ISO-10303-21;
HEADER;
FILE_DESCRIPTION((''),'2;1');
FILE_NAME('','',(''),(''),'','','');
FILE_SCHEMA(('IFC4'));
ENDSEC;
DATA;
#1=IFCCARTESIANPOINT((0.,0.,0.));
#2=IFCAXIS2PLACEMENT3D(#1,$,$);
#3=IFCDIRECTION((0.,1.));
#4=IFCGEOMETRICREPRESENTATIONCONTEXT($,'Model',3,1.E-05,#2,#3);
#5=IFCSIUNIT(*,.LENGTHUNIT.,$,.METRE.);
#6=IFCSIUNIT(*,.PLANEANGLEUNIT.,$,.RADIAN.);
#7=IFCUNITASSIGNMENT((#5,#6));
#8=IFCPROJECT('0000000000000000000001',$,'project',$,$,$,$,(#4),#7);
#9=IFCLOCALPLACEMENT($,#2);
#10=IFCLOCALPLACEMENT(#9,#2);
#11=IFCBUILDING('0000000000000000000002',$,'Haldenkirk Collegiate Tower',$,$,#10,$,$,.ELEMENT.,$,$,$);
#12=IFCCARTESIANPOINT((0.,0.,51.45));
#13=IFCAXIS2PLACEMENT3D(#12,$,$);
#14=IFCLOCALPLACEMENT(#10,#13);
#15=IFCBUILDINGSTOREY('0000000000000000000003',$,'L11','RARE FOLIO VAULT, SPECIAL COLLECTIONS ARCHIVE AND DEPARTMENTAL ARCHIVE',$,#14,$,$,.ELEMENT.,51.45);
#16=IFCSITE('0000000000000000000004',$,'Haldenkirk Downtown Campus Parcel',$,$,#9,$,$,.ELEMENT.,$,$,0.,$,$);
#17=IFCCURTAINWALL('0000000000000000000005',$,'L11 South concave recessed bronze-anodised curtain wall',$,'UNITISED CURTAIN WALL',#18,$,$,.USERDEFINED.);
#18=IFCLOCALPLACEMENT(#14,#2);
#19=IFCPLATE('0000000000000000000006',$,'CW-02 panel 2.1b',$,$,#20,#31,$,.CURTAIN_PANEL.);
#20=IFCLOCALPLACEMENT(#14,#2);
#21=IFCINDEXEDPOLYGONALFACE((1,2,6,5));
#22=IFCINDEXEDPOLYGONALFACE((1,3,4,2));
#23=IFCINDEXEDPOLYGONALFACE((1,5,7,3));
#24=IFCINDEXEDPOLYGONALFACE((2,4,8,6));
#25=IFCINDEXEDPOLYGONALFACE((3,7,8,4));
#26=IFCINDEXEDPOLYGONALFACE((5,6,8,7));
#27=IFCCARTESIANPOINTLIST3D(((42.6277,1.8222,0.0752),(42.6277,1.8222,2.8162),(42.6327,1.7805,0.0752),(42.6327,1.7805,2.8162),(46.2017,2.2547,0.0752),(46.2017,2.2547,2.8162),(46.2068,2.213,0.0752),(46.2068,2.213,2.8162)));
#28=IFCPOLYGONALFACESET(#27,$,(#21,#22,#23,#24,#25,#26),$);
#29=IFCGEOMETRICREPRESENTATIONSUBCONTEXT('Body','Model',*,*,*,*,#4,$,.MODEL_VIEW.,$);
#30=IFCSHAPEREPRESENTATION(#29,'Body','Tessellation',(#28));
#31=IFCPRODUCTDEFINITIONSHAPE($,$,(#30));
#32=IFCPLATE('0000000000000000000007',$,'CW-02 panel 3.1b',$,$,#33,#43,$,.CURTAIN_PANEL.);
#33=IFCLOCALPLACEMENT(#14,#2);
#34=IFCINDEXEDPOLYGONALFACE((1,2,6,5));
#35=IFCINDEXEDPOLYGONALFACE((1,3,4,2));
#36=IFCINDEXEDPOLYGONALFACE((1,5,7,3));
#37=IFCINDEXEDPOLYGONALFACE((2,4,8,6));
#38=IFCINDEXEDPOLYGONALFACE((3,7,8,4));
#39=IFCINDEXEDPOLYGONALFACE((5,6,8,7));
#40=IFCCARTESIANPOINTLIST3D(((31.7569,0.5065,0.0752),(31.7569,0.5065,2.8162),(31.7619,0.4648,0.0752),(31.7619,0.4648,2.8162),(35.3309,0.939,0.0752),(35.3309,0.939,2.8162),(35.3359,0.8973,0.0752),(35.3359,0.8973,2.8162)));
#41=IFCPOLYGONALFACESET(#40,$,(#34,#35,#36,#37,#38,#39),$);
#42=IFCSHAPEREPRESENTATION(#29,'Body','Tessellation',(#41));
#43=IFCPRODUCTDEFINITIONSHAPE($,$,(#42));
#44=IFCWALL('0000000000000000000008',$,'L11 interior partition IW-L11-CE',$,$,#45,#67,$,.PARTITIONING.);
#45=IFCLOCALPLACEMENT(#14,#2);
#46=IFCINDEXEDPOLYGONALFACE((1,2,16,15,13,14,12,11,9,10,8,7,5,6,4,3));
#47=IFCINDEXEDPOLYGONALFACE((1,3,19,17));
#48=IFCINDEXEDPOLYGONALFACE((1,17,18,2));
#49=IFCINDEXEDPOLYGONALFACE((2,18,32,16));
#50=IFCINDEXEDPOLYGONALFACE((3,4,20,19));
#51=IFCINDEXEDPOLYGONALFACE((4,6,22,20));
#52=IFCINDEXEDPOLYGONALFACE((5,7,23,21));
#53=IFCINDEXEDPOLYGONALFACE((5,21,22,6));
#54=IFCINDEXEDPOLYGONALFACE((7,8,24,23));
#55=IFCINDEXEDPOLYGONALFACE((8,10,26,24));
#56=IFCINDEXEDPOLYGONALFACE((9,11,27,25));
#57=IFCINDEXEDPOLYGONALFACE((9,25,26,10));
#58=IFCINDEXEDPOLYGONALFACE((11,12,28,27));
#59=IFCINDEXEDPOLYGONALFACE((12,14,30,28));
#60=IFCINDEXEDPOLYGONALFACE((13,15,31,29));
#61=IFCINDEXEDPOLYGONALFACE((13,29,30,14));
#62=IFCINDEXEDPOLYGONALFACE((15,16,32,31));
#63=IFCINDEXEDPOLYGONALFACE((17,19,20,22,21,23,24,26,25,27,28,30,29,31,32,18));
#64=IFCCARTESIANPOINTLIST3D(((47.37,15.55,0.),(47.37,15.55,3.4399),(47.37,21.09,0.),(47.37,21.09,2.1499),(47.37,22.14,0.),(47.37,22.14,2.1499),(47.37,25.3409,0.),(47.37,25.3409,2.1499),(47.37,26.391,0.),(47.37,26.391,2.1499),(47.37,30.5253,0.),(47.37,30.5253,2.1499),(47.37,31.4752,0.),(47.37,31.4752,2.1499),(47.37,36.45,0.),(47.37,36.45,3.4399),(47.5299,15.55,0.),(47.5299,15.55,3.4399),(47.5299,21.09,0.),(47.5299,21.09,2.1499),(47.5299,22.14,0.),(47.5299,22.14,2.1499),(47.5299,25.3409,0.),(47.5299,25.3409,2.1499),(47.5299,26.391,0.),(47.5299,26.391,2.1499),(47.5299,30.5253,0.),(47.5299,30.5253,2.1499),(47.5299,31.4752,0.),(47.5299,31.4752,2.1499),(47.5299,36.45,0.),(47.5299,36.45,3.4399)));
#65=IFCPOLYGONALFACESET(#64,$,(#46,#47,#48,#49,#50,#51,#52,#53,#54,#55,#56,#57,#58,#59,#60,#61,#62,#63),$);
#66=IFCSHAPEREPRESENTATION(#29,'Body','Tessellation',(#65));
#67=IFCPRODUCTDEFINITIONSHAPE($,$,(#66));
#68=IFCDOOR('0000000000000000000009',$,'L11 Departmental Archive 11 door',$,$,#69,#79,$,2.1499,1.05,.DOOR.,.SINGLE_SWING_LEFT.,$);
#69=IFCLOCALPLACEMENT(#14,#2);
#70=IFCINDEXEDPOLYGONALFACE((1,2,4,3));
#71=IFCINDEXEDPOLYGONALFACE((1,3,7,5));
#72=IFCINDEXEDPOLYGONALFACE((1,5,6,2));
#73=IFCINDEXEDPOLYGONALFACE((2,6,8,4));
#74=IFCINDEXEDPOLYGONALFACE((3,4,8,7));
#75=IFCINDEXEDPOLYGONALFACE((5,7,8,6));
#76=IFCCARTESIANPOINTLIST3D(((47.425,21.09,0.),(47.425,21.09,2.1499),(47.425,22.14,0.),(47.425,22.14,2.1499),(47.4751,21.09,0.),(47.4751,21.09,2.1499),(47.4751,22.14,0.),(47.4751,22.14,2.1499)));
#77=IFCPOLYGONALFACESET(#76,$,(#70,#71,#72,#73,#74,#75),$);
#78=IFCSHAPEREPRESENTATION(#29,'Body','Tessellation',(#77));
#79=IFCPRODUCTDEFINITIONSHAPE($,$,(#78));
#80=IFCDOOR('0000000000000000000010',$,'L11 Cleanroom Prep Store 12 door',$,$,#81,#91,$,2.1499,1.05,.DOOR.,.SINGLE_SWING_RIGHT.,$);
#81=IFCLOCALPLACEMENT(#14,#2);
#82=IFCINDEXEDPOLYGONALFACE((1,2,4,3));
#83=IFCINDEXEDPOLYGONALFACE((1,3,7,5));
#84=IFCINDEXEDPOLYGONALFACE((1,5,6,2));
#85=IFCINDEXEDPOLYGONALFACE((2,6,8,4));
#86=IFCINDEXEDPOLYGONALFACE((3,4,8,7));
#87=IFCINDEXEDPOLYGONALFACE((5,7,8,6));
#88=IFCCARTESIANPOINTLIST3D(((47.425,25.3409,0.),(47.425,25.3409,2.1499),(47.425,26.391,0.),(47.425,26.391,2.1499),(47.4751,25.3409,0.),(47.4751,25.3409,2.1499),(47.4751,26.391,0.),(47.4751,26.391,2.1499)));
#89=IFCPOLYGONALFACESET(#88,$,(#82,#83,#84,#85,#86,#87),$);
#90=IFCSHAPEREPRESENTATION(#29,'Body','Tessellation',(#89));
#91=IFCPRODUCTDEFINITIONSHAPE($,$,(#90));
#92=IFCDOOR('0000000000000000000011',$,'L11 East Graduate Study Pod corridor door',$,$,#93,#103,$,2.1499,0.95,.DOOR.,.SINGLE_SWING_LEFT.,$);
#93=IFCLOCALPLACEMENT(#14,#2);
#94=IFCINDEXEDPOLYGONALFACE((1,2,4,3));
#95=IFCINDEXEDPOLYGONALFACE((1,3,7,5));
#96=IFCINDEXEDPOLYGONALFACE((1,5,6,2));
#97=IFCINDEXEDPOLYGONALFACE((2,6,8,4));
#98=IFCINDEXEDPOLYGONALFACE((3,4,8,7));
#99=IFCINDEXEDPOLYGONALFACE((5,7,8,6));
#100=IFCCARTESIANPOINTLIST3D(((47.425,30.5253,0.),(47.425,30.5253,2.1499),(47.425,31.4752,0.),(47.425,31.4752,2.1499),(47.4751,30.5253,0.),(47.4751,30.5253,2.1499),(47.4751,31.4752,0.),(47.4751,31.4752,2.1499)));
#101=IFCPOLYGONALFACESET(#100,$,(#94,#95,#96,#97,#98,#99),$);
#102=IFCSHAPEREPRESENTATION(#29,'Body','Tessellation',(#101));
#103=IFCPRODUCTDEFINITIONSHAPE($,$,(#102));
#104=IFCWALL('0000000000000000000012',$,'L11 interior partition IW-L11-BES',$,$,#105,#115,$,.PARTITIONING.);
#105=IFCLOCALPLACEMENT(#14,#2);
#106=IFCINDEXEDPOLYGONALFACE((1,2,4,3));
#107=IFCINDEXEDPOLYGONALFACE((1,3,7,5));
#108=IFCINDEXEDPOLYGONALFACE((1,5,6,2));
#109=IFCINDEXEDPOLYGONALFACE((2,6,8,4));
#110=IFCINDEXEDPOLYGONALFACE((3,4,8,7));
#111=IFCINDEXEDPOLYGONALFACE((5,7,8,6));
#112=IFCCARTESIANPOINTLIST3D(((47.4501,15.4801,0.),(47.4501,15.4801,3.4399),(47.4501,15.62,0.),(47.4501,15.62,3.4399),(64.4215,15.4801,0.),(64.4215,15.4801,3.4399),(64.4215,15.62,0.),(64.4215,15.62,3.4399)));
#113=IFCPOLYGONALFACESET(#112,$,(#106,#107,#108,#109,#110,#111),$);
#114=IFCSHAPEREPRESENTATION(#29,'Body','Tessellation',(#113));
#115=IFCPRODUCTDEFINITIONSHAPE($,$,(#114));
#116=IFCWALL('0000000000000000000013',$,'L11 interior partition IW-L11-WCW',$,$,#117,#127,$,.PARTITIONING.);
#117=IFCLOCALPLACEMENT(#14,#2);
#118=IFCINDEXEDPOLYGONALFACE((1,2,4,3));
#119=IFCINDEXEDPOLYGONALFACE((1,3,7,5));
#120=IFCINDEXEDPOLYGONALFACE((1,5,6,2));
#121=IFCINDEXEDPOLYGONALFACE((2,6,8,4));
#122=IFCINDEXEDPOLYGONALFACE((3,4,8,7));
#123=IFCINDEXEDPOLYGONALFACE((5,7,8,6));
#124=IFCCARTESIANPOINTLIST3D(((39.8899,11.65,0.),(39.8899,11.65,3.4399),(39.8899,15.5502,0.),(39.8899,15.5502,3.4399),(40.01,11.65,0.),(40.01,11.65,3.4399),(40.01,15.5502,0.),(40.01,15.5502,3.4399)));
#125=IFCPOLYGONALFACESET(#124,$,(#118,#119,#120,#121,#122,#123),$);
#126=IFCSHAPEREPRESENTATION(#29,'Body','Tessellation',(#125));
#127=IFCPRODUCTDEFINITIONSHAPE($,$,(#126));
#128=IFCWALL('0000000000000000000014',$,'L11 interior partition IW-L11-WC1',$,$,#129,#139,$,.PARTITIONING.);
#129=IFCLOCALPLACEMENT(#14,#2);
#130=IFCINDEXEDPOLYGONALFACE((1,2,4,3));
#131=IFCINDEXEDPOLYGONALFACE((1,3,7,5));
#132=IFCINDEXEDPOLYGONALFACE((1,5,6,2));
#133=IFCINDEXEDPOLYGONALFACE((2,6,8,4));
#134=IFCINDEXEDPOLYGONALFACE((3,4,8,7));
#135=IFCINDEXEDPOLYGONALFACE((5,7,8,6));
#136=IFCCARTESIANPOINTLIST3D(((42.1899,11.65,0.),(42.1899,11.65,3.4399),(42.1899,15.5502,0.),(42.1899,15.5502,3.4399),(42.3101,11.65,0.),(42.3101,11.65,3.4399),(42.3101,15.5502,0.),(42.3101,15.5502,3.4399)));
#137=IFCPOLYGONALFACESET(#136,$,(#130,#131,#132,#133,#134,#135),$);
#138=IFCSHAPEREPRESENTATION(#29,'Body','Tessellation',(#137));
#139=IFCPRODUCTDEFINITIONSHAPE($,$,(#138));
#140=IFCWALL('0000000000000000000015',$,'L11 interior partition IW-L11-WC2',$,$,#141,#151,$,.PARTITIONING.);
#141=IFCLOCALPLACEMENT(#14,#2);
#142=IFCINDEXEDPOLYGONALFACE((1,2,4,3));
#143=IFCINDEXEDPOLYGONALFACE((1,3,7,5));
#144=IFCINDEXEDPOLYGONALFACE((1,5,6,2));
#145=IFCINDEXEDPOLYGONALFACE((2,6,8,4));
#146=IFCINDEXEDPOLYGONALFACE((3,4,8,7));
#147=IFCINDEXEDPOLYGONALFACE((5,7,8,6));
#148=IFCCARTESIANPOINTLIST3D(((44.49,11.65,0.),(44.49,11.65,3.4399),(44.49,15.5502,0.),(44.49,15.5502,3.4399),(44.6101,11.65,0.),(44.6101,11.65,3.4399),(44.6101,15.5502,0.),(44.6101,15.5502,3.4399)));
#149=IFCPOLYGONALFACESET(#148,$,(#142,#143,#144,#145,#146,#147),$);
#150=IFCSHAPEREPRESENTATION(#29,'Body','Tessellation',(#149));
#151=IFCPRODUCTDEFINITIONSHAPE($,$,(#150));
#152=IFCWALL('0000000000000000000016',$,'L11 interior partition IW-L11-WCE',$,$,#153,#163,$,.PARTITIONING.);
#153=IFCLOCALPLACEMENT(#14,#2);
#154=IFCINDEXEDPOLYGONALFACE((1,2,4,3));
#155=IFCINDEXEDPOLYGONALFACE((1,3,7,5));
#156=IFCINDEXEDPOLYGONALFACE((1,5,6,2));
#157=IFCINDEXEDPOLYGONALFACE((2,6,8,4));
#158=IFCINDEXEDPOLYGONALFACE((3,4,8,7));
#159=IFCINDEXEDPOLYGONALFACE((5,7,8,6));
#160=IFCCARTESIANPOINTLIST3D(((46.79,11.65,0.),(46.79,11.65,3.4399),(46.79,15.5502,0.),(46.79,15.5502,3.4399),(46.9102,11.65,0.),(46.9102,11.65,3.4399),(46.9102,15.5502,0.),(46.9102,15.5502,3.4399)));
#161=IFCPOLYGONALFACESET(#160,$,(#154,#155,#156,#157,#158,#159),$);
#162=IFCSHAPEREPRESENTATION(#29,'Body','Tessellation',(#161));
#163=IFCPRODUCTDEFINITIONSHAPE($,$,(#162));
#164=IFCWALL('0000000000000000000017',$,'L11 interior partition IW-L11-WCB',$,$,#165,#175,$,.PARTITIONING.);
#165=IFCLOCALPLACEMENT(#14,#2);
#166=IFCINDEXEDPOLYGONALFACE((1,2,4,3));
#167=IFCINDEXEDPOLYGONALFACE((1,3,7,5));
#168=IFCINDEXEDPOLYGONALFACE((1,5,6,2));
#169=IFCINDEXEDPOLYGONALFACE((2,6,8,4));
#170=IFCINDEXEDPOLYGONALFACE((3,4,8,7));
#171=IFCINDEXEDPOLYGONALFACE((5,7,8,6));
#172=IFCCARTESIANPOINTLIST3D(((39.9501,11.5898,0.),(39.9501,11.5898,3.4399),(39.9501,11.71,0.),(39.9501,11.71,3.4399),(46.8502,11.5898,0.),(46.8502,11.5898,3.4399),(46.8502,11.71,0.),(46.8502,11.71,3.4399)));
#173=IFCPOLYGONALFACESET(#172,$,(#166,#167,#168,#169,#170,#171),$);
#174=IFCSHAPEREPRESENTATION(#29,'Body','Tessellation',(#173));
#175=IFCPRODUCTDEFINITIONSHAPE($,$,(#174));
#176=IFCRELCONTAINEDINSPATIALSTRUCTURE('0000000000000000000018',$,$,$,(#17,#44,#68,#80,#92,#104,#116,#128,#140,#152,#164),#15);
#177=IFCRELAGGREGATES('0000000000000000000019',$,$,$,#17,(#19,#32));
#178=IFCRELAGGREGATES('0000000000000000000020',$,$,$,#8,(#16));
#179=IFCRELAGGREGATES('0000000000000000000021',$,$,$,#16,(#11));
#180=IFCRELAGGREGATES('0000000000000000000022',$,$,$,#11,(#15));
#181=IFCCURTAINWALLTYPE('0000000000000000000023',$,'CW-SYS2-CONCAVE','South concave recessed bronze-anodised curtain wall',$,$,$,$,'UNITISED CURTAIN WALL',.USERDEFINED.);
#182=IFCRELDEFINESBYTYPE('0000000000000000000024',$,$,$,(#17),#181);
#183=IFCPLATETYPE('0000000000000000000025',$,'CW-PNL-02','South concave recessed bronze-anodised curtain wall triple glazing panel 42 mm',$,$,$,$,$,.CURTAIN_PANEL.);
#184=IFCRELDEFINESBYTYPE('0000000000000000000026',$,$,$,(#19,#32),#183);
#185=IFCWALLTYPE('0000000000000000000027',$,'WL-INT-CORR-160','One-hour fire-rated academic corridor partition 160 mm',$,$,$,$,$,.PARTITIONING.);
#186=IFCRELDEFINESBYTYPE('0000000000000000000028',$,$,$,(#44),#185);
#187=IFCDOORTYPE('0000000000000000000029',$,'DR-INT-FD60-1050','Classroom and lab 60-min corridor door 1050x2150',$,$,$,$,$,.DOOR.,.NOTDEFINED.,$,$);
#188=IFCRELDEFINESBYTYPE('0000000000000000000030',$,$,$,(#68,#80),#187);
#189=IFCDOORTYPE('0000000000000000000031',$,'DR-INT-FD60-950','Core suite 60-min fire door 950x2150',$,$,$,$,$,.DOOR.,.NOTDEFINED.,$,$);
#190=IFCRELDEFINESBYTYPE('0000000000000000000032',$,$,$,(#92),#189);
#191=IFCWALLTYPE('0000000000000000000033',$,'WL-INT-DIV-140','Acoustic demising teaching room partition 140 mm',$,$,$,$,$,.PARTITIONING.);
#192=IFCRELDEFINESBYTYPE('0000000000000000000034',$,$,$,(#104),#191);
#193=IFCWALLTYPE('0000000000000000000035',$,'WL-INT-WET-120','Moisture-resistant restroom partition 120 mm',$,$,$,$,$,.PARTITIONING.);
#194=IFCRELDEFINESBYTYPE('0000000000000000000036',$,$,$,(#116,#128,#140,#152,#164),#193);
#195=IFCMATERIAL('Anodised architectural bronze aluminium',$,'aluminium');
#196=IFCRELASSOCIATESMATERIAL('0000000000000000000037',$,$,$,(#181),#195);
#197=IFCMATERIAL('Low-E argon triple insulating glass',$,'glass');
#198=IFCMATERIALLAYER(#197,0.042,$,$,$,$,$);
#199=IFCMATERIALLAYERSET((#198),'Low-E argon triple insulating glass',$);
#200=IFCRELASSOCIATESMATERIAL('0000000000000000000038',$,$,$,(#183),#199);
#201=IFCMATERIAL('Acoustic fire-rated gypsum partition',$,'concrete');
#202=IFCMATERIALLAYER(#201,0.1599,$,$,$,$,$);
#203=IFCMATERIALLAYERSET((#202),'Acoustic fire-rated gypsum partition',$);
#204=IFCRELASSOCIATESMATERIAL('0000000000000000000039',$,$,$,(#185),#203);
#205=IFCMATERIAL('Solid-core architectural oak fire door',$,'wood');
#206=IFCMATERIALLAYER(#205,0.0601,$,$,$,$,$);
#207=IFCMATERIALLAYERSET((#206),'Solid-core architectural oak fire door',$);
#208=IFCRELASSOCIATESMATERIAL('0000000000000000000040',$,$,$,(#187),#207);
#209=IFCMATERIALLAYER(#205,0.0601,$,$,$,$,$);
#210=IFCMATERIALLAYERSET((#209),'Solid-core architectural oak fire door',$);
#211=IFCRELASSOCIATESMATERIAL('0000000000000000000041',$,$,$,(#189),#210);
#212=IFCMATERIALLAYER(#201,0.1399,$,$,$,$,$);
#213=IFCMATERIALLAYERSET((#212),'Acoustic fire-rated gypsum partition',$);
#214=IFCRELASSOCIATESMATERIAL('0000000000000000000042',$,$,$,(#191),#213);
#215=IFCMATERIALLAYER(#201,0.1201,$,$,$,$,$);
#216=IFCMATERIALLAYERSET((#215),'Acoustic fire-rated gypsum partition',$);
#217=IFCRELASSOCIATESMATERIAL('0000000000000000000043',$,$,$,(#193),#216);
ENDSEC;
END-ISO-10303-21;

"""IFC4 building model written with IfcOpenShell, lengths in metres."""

from ifc_helpers import new_model, si_unit, direction, frame, frame_2d, origin, origin_2d, place, context, subcontext, project, spatial, rectangle, extrude, source, transform, mapped, material, layer, layer_set, type_object, element, fill, aggregate, save


model = new_model("IFC4")

# Units and contexts
model_context = context("Model", 3, precision=1e-05, world=origin(), true_north=direction((0.0, 1.0)))
body_context = subcontext(model_context, "Body", "Model", "MODEL_VIEW")
ifc_project = project(units=[si_unit("LENGTHUNIT", "METRE"), si_unit("PLANEANGLEUNIT", "RADIAN")], contexts=[model_context])

# Site, building, storey
site_placement = place(None, origin())
site = spatial("IfcSite", under=ifc_project, at=site_placement, Name="Haldenkirk Downtown Campus Parcel", CompositionType="ELEMENT", RefElevation=0.0)
building_placement = place(site_placement, origin())
building = spatial("IfcBuilding", under=site, at=building_placement, Name="Haldenkirk Collegiate Tower", CompositionType="ELEMENT")
storey_placement = place(building_placement, frame((0.0, 0.0, 51.45)))
storey = spatial("IfcBuildingStorey", under=building, at=storey_placement, Name="L11", Description="RARE FOLIO VAULT, SPECIAL COLLECTIONS ARCHIVE AND DEPARTMENTAL ARCHIVE", CompositionType="ELEMENT", Elevation=51.45)

# Curtain wall, plates
ifc_material_1 = material(Name="Anodised architectural bronze aluminium", Category="aluminium")
curtain_wall_type = type_object("IfcCurtainWallType", Name="CW-SYS2-CONCAVE", Description="South concave recessed bronze-anodised curtain wall", ElementType="UNITISED CURTAIN WALL", PredefinedType="USERDEFINED", material=ifc_material_1)
curtain_wall_placement = place(storey_placement, origin())
curtain_wall = element("IfcCurtainWall", 1, at=curtain_wall_placement, inside=storey, type_object=curtain_wall_type, Name="L11 South concave recessed bronze-anodised curtain wall", ObjectType="UNITISED CURTAIN WALL", PredefinedType="USERDEFINED")
ifc_material_2 = material(Name="Low-E argon triple insulating glass", Category="glass")
ifc_layer_1 = layer(ifc_material_2, 0.042)
ifc_layer_set_1 = layer_set([ifc_layer_1], Name="Low-E argon triple insulating glass")
plate_type = type_object("IfcPlateType", Name="CW-PNL-02", Description="South concave recessed bronze-anodised curtain wall triple glazing panel 42 mm", PredefinedType="CURTAIN_PANEL", material=ifc_layer_set_1)
shared_shape_1 = source(origin(), body_context, "Body", "SweptSolid", [
    extrude(rectangle(XDim=3.6001, YDim=0.042, at=origin_2d()), origin(), (0.0, 0.0, 1.0), 2.741),
])
plate_1_placement = place(storey_placement, frame((44.4172, 2.0176, 0.0752), z_axis=(0.0, 0.0, 1.0), x_axis=(-0.992757, -0.120139, 0.0)))
plate_1 = element("IfcPlate", 2, at=plate_1_placement, type_object=plate_type, Name="CW-02 panel 2.1b", PredefinedType="CURTAIN_PANEL", context=body_context, shape_type="MappedRepresentation", body=[
    mapped(shared_shape_1, transform((0.0, 0.0, 0.0), x_axis=(1.0, 0.0, 0.0), y_axis=(0.0, 1.0, 0.0), z_axis=(0.0, 0.0, 1.0), scale=1.0)),
])
plate_2_placement = place(storey_placement, frame((33.5464, 0.7019, 0.0752), z_axis=(0.0, 0.0, 1.0), x_axis=(-0.992757, -0.120139, 0.0)))
plate_2 = element("IfcPlate", 3, at=plate_2_placement, type_object=plate_type, Name="CW-02 panel 3.1b", PredefinedType="CURTAIN_PANEL", context=body_context, shape_type="MappedRepresentation", body=[
    mapped(shared_shape_1, transform((0.0, 0.0, 0.0), x_axis=(1.0, 0.0, 0.0), y_axis=(0.0, 1.0, 0.0), z_axis=(0.0, 0.0, 1.0), scale=1.0)),
])
aggregate(curtain_wall, [plate_1, plate_2])

# Wall, openings, doors
ifc_material_3 = material(Name="Acoustic fire-rated gypsum partition", Category="concrete")
ifc_layer_2 = layer(ifc_material_3, 0.1599)
ifc_layer_set_2 = layer_set([ifc_layer_2], Name="Acoustic fire-rated gypsum partition")
wall_type_1 = type_object("IfcWallType", Name="WL-INT-CORR-160", Description="One-hour fire-rated academic corridor partition 160 mm", PredefinedType="PARTITIONING", material=ifc_layer_set_2)
wall_1_placement = place(storey_placement, frame((47.45, 15.55, 0.0), z_axis=(0.0, 0.0, 1.0), x_axis=(0.0, 1.0, 0.0)))
wall_1 = element("IfcWall", 4, at=wall_1_placement, inside=storey, type_object=wall_type_1, Name="L11 interior partition IW-L11-CE", PredefinedType="PARTITIONING", context=body_context, shape_type="SweptSolid", body=[
    extrude(rectangle(XDim=20.8999, YDim=0.1599, at=frame_2d((10.45, 0.0))), origin(), (0.0, 0.0, 1.0), 3.4399),
])
opening_1_placement = place(wall_1_placement, frame((14.9751, 0.0, 0.0)))
opening_1 = element("IfcOpeningElement", 5, at=opening_1_placement, cuts=wall_1, PredefinedType="OPENING", context=body_context, shape_type="SweptSolid", body=[
    extrude(rectangle(XDim=0.95, YDim=2.1499, at=frame_2d((0.4751, 1.075))), frame((0.0, 0.0898, 0.0), z_axis=(0.0, -1.0, 0.0), x_axis=(1.0, 0.0, 0.0)), (0.0, 0.0, 1.0), 0.1799),
])
opening_2_placement = place(wall_1_placement, frame((5.54, 0.0, 0.0)))
opening_2 = element("IfcOpeningElement", 6, at=opening_2_placement, cuts=wall_1, PredefinedType="OPENING", context=body_context, shape_type="SweptSolid", body=[
    extrude(rectangle(XDim=1.05, YDim=2.1499, at=frame_2d((0.5249, 1.075))), frame((0.0, 0.0898, 0.0), z_axis=(0.0, -1.0, 0.0), x_axis=(1.0, 0.0, 0.0)), (0.0, 0.0, 1.0), 0.1799),
])
opening_3_placement = place(wall_1_placement, frame((9.791, 0.0, 0.0)))
opening_3 = element("IfcOpeningElement", 7, at=opening_3_placement, cuts=wall_1, PredefinedType="OPENING", context=body_context, shape_type="SweptSolid", body=[
    extrude(rectangle(XDim=1.05, YDim=2.1499, at=frame_2d((0.5249, 1.075))), frame((0.0, 0.0898, 0.0), z_axis=(0.0, -1.0, 0.0), x_axis=(1.0, 0.0, 0.0)), (0.0, 0.0, 1.0), 0.1799),
])
ifc_material_4 = material(Name="Solid-core architectural oak fire door", Category="wood")
ifc_layer_3 = layer(ifc_material_4, 0.0601)
ifc_layer_set_3 = layer_set([ifc_layer_3], Name="Solid-core architectural oak fire door")
door_type_1 = type_object("IfcDoorType", Name="DR-INT-FD60-1050", Description="Classroom and lab 60-min corridor door 1050x2150", OperationType="NOTDEFINED", PredefinedType="DOOR", material=ifc_layer_set_3)
door_1_placement = place(opening_2_placement, origin())
door_1 = element("IfcDoor", 8, at=door_1_placement, inside=storey, type_object=door_type_1, Name="L11 Departmental Archive 11 door", OperationType="SINGLE_SWING_LEFT", OverallHeight=2.1499, OverallWidth=1.05, PredefinedType="DOOR", context=body_context, shape_type="SweptSolid", body=[
    extrude(rectangle(XDim=1.05, YDim=2.1499, at=frame_2d((0.5249, 1.075))), frame((0.0, 0.0249, 0.0), z_axis=(0.0, -1.0, 0.0), x_axis=(1.0, 0.0, 0.0)), (0.0, 0.0, 1.0), 0.05),
])
fill(opening_2, door_1)
door_2_placement = place(opening_3_placement, origin())
door_2 = element("IfcDoor", 9, at=door_2_placement, inside=storey, type_object=door_type_1, Name="L11 Cleanroom Prep Store 12 door", OperationType="SINGLE_SWING_RIGHT", OverallHeight=2.1499, OverallWidth=1.05, PredefinedType="DOOR", context=body_context, shape_type="SweptSolid", body=[
    extrude(rectangle(XDim=1.05, YDim=2.1499, at=frame_2d((0.5249, 1.075))), frame((0.0, 0.0249, 0.0), z_axis=(0.0, -1.0, 0.0), x_axis=(1.0, 0.0, 0.0)), (0.0, 0.0, 1.0), 0.05),
])
fill(opening_3, door_2)
ifc_layer_4 = layer(ifc_material_4, 0.0601)
ifc_layer_set_4 = layer_set([ifc_layer_4], Name="Solid-core architectural oak fire door")
door_type_2 = type_object("IfcDoorType", Name="DR-INT-FD60-950", Description="Core suite 60-min fire door 950x2150", OperationType="NOTDEFINED", PredefinedType="DOOR", material=ifc_layer_set_4)
door_3_placement = place(opening_1_placement, origin())
door_3 = element("IfcDoor", 10, at=door_3_placement, inside=storey, type_object=door_type_2, Name="L11 East Graduate Study Pod corridor door", OperationType="SINGLE_SWING_LEFT", OverallHeight=2.1499, OverallWidth=0.95, PredefinedType="DOOR", context=body_context, shape_type="SweptSolid", body=[
    extrude(rectangle(XDim=0.95, YDim=2.1499, at=frame_2d((0.4751, 1.075))), frame((0.0, 0.0249, 0.0), z_axis=(0.0, -1.0, 0.0), x_axis=(1.0, 0.0, 0.0)), (0.0, 0.0, 1.0), 0.05),
])
fill(opening_1, door_3)

# Walls
ifc_layer_5 = layer(ifc_material_3, 0.1399)
ifc_layer_set_5 = layer_set([ifc_layer_5], Name="Acoustic fire-rated gypsum partition")
wall_type_2 = type_object("IfcWallType", Name="WL-INT-DIV-140", Description="Acoustic demising teaching room partition 140 mm", PredefinedType="PARTITIONING", material=ifc_layer_set_5)
wall_2_placement = place(storey_placement, frame((47.45, 15.55, 0.0), z_axis=(0.0, 0.0, 1.0), x_axis=(1.0, 0.0, 0.0)))
element("IfcWall", 11, at=wall_2_placement, inside=storey, type_object=wall_type_2, Name="L11 interior partition IW-L11-BES", PredefinedType="PARTITIONING", context=body_context, shape_type="SweptSolid", body=[
    extrude(rectangle(XDim=16.9714, YDim=0.1399, at=frame_2d((8.4858, 0.0))), origin(), (0.0, 0.0, 1.0), 3.4399),
])
ifc_layer_6 = layer(ifc_material_3, 0.1201)
ifc_layer_set_6 = layer_set([ifc_layer_6], Name="Acoustic fire-rated gypsum partition")
wall_type_3 = type_object("IfcWallType", Name="WL-INT-WET-120", Description="Moisture-resistant restroom partition 120 mm", PredefinedType="PARTITIONING", material=ifc_layer_set_6)
for number, where, z_axis, x_axis, name in (
    (12, (39.95, 11.6499, 0.0), (0.0, 0.0, 1.0), (0.0, 1.0, 0.0), "L11 interior partition IW-L11-WCW"),
    (13, (42.25, 11.6499, 0.0), (0.0, 0.0, 1.0), (0.0, 1.0, 0.0), "L11 interior partition IW-L11-WC1"),
    (14, (44.55, 11.6499, 0.0), (0.0, 0.0, 1.0), (0.0, 1.0, 0.0), "L11 interior partition IW-L11-WC2"),
    (15, (46.8501, 11.6499, 0.0), (0.0, 0.0, 1.0), (0.0, 1.0, 0.0), "L11 interior partition IW-L11-WCE"),
):
    element("IfcWall", number, at=place(storey_placement, frame(where, z_axis=z_axis, x_axis=x_axis)), inside=storey, type_object=wall_type_3, Name=name, PredefinedType="PARTITIONING", context=body_context, shape_type="SweptSolid", body=[
        extrude(rectangle(XDim=3.9001, YDim=0.1201, at=frame_2d((1.9502, 0.0))), origin(), (0.0, 0.0, 1.0), 3.4399),
    ])
wall_3_placement = place(storey_placement, frame((39.95, 11.6499, 0.0), z_axis=(0.0, 0.0, 1.0), x_axis=(1.0, 0.0, 0.0)))
element("IfcWall", 16, at=wall_3_placement, inside=storey, type_object=wall_type_3, Name="L11 interior partition IW-L11-WCB", PredefinedType="PARTITIONING", context=body_context, shape_type="SweptSolid", body=[
    extrude(rectangle(XDim=6.9001, YDim=0.1201, at=frame_2d((3.4502, 0.0))), origin(), (0.0, 0.0, 1.0), 3.4399),
])

save(model, "model.ifc")
